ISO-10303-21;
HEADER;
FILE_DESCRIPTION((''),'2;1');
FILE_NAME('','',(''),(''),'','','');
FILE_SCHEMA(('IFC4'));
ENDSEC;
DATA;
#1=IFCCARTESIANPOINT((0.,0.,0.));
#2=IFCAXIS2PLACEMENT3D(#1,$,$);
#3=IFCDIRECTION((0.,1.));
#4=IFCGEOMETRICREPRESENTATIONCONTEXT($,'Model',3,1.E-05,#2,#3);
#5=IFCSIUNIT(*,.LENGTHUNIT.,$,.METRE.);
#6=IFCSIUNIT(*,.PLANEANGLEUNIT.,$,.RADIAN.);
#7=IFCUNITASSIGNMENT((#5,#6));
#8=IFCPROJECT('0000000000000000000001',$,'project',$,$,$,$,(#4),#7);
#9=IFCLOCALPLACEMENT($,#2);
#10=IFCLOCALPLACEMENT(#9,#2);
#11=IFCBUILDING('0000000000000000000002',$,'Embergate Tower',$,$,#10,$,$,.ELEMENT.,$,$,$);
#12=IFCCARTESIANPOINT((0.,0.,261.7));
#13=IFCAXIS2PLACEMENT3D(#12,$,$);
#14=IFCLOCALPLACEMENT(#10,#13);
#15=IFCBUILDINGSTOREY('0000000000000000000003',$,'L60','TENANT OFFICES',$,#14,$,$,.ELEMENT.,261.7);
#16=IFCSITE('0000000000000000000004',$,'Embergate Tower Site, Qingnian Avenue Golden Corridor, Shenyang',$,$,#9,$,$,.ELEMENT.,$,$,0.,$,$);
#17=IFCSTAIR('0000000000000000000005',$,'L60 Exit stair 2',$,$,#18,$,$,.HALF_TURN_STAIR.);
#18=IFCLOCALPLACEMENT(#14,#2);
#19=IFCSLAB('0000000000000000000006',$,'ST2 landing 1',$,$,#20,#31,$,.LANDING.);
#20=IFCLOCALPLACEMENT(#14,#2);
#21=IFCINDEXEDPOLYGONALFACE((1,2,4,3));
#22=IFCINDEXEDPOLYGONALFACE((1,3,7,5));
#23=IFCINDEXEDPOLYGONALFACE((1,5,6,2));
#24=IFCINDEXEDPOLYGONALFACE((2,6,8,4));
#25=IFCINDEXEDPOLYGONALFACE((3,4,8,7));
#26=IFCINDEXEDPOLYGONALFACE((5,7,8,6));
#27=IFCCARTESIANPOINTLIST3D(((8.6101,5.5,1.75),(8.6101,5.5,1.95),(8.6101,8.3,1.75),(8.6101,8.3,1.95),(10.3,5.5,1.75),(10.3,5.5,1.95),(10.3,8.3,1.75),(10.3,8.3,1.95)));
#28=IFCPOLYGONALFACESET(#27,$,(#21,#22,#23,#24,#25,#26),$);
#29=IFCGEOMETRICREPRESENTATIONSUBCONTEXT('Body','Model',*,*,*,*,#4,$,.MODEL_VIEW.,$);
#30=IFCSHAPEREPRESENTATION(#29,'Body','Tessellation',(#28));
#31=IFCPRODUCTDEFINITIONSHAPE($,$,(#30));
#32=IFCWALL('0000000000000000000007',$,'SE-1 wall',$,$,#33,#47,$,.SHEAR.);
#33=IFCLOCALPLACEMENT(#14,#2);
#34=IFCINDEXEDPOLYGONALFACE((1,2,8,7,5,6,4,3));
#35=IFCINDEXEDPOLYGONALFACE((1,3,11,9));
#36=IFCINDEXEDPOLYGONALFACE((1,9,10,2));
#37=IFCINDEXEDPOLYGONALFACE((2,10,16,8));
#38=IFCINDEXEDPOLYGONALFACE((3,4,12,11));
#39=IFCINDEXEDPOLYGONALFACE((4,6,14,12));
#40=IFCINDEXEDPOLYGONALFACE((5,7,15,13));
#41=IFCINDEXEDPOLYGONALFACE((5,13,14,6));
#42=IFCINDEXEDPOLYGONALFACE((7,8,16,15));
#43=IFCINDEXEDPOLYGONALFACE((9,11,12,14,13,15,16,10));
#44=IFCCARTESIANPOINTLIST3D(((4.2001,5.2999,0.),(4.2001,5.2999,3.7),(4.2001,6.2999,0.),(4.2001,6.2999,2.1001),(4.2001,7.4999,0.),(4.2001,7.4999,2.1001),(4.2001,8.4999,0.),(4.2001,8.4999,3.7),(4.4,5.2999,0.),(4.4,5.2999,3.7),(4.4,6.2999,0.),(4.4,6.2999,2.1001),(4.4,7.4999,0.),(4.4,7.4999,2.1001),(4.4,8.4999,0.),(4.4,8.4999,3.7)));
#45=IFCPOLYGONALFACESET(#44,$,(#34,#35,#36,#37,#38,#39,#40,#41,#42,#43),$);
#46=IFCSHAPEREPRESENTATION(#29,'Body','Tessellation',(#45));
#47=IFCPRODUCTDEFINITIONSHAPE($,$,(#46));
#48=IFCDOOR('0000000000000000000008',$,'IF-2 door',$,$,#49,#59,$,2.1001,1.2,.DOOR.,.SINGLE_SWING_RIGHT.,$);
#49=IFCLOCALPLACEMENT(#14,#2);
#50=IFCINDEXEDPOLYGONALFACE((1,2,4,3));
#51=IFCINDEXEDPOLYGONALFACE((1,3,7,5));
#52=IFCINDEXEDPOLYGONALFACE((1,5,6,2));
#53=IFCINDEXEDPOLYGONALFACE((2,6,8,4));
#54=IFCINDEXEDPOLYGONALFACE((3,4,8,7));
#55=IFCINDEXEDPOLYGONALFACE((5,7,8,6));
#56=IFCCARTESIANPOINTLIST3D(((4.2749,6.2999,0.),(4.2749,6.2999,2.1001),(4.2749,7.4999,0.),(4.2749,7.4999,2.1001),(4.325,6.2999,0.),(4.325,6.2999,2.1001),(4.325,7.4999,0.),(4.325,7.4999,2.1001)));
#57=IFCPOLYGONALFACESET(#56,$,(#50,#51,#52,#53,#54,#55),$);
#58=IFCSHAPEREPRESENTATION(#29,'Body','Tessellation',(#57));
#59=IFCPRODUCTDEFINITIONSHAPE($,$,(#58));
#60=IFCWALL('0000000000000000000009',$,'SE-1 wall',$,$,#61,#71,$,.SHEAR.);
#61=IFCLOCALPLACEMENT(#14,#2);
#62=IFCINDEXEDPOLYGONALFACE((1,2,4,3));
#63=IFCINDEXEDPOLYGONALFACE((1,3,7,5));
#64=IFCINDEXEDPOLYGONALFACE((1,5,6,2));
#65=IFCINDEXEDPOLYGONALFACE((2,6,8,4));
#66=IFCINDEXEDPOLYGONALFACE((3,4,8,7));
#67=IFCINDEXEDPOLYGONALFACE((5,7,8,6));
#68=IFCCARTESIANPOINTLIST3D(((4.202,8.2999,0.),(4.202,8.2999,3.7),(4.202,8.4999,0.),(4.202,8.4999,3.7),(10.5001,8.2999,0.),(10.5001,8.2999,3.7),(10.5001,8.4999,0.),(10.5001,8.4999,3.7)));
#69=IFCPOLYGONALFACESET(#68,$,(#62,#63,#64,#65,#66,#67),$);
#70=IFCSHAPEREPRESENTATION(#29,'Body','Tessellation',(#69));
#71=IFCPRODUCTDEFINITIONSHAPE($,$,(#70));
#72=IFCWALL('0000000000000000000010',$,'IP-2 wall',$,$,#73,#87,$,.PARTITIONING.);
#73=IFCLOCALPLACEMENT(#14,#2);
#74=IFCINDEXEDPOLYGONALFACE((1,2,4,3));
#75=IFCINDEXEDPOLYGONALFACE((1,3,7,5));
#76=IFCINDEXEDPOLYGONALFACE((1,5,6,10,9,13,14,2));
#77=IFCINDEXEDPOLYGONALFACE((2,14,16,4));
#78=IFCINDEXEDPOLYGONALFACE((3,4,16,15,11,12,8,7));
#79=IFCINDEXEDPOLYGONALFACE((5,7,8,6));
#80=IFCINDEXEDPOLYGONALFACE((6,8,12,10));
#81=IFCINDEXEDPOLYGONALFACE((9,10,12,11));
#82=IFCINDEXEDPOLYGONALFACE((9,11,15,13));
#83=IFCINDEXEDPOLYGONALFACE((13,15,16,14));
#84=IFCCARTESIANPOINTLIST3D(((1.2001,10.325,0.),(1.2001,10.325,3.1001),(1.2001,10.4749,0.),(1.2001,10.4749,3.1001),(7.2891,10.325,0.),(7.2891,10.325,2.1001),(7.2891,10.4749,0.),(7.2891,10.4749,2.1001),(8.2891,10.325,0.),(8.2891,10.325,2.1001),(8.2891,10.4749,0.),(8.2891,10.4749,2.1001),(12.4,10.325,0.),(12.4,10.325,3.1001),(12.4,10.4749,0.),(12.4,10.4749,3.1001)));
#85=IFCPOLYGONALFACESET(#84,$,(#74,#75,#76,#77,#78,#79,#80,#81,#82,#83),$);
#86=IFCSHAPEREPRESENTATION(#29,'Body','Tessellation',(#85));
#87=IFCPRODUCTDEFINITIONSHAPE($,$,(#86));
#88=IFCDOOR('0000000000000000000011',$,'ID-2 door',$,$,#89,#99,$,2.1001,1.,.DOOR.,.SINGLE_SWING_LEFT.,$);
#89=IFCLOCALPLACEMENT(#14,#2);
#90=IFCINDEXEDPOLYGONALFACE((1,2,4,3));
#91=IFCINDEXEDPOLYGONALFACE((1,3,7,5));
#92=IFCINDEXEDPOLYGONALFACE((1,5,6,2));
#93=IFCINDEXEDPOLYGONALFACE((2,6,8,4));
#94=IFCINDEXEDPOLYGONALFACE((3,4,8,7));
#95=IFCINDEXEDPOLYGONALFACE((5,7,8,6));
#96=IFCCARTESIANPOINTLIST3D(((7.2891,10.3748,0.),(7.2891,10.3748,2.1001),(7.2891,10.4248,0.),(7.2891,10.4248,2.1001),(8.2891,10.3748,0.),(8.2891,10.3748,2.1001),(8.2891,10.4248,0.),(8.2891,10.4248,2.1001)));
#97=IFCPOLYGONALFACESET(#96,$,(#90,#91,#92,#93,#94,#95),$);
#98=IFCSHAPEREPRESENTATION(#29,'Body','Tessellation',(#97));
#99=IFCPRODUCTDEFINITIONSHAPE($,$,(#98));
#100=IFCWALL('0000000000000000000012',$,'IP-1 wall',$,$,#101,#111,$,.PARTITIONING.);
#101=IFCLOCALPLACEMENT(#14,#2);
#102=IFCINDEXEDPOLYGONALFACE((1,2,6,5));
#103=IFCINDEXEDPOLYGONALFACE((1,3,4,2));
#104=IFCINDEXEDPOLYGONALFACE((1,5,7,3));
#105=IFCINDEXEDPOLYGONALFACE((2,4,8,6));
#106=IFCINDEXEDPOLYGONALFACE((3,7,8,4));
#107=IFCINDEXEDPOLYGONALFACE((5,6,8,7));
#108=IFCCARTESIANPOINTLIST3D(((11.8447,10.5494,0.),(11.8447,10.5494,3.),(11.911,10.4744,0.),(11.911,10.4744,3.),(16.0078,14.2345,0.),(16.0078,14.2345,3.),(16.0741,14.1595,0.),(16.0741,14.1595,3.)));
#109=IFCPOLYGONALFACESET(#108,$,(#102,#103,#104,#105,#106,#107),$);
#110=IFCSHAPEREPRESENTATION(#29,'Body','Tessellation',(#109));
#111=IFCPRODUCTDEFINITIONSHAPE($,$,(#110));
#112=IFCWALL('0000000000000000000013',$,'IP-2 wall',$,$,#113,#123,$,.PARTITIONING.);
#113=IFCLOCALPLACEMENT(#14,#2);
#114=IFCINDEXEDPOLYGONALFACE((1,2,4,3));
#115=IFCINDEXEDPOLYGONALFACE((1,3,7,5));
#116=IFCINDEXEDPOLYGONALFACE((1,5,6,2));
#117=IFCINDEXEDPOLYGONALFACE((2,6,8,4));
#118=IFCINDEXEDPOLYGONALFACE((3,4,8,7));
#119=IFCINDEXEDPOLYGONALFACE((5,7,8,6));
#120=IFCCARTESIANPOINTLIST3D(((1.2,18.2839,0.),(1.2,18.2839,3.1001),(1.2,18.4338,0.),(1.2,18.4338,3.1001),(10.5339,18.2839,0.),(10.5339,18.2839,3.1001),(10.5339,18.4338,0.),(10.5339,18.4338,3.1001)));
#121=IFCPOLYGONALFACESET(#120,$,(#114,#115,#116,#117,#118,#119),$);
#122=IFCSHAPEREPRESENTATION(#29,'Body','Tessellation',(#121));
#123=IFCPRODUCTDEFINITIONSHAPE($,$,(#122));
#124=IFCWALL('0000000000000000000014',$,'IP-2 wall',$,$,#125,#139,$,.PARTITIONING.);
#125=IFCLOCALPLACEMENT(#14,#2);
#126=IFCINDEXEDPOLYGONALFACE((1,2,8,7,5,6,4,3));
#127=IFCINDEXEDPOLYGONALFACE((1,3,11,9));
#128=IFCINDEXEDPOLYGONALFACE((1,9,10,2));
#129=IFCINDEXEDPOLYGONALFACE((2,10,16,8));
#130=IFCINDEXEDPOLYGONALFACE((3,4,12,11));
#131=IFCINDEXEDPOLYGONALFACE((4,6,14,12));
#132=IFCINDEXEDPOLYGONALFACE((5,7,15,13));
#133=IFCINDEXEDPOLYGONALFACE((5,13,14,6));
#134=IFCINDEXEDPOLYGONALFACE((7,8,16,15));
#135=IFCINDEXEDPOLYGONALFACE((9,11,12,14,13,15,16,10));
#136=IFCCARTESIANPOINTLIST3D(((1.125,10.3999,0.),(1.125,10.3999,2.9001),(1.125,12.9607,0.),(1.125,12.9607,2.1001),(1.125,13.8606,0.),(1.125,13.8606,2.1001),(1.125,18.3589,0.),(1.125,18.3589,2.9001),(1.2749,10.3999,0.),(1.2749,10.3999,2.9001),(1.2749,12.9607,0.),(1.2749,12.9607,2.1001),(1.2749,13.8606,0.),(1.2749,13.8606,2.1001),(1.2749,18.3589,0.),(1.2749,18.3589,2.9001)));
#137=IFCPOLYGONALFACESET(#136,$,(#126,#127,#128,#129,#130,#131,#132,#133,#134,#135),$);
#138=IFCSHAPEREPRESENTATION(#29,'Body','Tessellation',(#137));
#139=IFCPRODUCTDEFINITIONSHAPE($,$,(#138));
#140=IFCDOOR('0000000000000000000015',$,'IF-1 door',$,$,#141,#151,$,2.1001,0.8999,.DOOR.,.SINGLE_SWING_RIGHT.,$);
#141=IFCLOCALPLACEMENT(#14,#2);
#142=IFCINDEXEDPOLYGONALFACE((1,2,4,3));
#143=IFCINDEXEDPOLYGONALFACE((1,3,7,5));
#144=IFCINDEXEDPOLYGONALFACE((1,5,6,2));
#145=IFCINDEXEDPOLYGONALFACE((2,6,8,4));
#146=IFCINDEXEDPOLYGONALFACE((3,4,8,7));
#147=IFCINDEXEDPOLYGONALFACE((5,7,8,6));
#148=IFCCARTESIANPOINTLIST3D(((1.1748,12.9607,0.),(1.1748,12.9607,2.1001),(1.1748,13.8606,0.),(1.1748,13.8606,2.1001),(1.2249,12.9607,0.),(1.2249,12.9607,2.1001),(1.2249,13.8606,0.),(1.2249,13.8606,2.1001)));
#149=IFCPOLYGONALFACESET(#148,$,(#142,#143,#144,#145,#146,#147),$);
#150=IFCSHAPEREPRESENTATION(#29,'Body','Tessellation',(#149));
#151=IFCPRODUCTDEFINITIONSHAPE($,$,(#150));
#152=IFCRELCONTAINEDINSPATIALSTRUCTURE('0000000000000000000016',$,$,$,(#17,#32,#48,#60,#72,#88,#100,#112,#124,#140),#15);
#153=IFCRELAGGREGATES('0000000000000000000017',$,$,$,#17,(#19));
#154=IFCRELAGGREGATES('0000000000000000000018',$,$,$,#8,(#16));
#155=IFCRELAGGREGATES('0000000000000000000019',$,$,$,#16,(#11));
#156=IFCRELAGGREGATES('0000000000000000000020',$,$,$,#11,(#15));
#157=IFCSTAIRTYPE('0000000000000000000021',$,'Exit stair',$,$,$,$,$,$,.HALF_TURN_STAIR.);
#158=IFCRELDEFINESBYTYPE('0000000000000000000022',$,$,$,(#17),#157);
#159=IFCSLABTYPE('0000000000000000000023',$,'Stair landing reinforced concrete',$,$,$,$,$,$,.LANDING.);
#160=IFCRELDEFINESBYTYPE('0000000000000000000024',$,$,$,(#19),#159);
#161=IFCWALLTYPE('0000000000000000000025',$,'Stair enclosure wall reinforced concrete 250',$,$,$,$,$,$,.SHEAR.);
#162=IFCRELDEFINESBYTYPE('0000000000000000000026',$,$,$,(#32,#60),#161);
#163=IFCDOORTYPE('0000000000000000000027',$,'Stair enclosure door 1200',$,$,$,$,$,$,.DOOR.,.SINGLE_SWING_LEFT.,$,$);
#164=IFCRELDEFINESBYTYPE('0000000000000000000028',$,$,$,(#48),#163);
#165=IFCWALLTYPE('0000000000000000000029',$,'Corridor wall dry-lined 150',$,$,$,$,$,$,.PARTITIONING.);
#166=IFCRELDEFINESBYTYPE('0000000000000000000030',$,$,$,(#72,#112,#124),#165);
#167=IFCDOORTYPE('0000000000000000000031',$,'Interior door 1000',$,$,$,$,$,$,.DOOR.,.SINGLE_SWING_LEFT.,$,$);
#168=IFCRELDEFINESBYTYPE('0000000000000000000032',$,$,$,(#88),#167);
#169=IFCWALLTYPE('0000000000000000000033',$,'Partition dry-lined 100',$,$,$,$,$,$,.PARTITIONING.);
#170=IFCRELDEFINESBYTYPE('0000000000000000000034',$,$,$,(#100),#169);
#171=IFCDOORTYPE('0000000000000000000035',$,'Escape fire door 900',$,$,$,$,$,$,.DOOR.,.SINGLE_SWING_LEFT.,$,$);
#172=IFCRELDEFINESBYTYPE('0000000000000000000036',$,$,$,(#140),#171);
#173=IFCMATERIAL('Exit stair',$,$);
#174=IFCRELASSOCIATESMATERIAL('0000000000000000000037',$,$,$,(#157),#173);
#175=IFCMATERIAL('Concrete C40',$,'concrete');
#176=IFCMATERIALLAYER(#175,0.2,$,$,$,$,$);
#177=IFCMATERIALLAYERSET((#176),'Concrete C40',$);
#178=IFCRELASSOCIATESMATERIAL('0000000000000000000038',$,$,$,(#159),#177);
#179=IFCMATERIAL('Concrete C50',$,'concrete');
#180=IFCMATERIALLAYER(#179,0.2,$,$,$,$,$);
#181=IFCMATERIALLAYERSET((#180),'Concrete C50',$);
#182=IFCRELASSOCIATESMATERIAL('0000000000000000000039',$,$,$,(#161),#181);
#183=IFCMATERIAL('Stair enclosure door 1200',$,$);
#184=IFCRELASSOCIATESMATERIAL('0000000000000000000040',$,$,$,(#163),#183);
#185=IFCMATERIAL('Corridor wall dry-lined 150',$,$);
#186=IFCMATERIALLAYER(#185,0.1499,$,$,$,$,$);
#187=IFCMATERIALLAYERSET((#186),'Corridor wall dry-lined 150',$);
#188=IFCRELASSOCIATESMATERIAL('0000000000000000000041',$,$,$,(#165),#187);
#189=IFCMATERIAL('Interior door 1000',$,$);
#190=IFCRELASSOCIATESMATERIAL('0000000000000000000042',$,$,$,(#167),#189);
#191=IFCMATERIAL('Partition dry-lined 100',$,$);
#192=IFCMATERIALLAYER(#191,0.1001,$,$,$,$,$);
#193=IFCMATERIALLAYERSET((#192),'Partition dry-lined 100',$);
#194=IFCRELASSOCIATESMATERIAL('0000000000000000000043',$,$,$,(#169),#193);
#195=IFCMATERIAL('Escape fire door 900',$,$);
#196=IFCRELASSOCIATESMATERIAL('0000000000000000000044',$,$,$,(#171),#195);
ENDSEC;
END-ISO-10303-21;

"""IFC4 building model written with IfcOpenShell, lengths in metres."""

from ifc_helpers import new_model, si_unit, direction, frame, frame_2d, origin, place, context, subcontext, project, spatial, polyline, rectangle, outline, extrude, source, transform, mapped, material, layer, layer_set, type_object, element, fill, aggregate, save


model = new_model("IFC4")

# Units and contexts
model_context = context("Model", 3, precision=1e-05, world=origin(), true_north=direction((0.0, 1.0)))
body_context = subcontext(model_context, "Body", "Model", "MODEL_VIEW")
ifc_project = project(units=[si_unit("LENGTHUNIT", "METRE"), si_unit("PLANEANGLEUNIT", "RADIAN")], contexts=[model_context])

# Site, building, storey
site_placement = place(None, origin())
site = spatial("IfcSite", under=ifc_project, at=site_placement, Name="Embergate Tower Site, Qingnian Avenue Golden Corridor, Shenyang", CompositionType="ELEMENT", RefElevation=0.0)
building_placement = place(site_placement, origin())
building = spatial("IfcBuilding", under=site, at=building_placement, Name="Embergate Tower", CompositionType="ELEMENT")
storey_placement = place(building_placement, frame((0.0, 0.0, 261.7)))
storey = spatial("IfcBuildingStorey", under=building, at=storey_placement, Name="L60", Description="TENANT OFFICES", CompositionType="ELEMENT", Elevation=261.7)

# Stair, slab
ifc_material_1 = material(Name="Exit stair")
stair_type = type_object("IfcStairType", Name="Exit stair", PredefinedType="HALF_TURN_STAIR", material=ifc_material_1)
stair_placement = place(storey_placement, origin())
stair = element("IfcStair", 1, at=stair_placement, inside=storey, type_object=stair_type, Name="L60 Exit stair 2", PredefinedType="HALF_TURN_STAIR")
ifc_material_2 = material(Name="Concrete C40", Category="concrete")
ifc_layer_1 = layer(ifc_material_2, 0.2)
ifc_layer_set_1 = layer_set([ifc_layer_1], Name="Concrete C40")
slab_type = type_object("IfcSlabType", Name="Stair landing reinforced concrete", PredefinedType="LANDING", material=ifc_layer_set_1)
shared_shape_1 = source(origin(), body_context, "Body", "SweptSolid", [
    extrude(outline(polyline([(0.0, 0.0), (1.6899, 0.0), (1.6899, 2.8), (0.0, 2.8), (0.0, 0.0)])), origin(), (0.0, 0.0, 1.0), 0.2),
])
slab_placement = place(storey_placement, frame((8.6101, 5.5, 1.75)))
slab = element("IfcSlab", 2, at=slab_placement, type_object=slab_type, Name="ST2 landing 1", PredefinedType="LANDING", context=body_context, shape_type="MappedRepresentation", body=[
    mapped(shared_shape_1, transform((0.0, 0.0, 0.0))),
])

# Wall, opening, door
ifc_material_3 = material(Name="Concrete C50", Category="concrete")
ifc_layer_2 = layer(ifc_material_3, 0.2)
ifc_layer_set_2 = layer_set([ifc_layer_2], Name="Concrete C50")
wall_type_1 = type_object("IfcWallType", Name="Stair enclosure wall reinforced concrete 250", PredefinedType="SHEAR", material=ifc_layer_set_2)
shared_shape_2 = source(origin(), body_context, "Body", "SweptSolid", [
    extrude(rectangle(XDim=3.2, YDim=0.2, at=frame_2d((1.6001, 0.0))), origin(), (0.0, 0.0, 1.0), 3.7),
])
wall_1_placement = place(storey_placement, frame((4.3, 8.5, 0.0), z_axis=(0.0, 0.0, 1.0), x_axis=(0.0, -1.0, 0.0)))
wall_1 = element("IfcWall", 3, at=wall_1_placement, inside=storey, type_object=wall_type_1, Name="SE-1 wall", PredefinedType="SHEAR", context=body_context, shape_type="MappedRepresentation", body=[
    mapped(shared_shape_2, transform((0.0, 0.0, 0.0))),
])
shared_shape_3 = source(origin(), body_context, "Body", "SweptSolid", [
    extrude(rectangle(XDim=1.2, YDim=2.1001, at=frame_2d((0.6001, 1.05))), frame((0.0, 0.1099, 0.0), z_axis=(0.0, -1.0, 0.0), x_axis=(1.0, 0.0, 0.0)), (0.0, 0.0, 1.0), 0.22),
])
opening_1_placement = place(wall_1_placement, frame((1.0, 0.0, 0.0)))
opening_1 = element("IfcOpeningElement", 4, at=opening_1_placement, cuts=wall_1, PredefinedType="OPENING", context=body_context, shape_type="MappedRepresentation", body=[
    mapped(shared_shape_3, transform((0.0, 0.0, 0.0))),
])
ifc_material_4 = material(Name="Stair enclosure door 1200")
door_type_1 = type_object("IfcDoorType", Name="Stair enclosure door 1200", OperationType="SINGLE_SWING_LEFT", PredefinedType="DOOR", material=ifc_material_4)
shared_shape_4 = source(origin(), body_context, "Body", "SweptSolid", [
    extrude(rectangle(XDim=1.2, YDim=2.1001, at=frame_2d((0.6001, 1.05))), frame((0.0, 0.0249, 0.0), z_axis=(0.0, -1.0, 0.0), x_axis=(1.0, 0.0, 0.0)), (0.0, 0.0, 1.0), 0.05),
])
door_1_placement = place(opening_1_placement, origin())
door_1 = element("IfcDoor", 5, at=door_1_placement, inside=storey, type_object=door_type_1, Name="IF-2 door", OperationType="SINGLE_SWING_RIGHT", OverallHeight=2.1001, OverallWidth=1.2, PredefinedType="DOOR", context=body_context, shape_type="MappedRepresentation", body=[
    mapped(shared_shape_4, transform((0.0, 0.0, 0.0))),
])
fill(opening_1, door_1)

# Wall
shared_shape_5 = source(origin(), body_context, "Body", "SweptSolid", [
    extrude(rectangle(XDim=6.2981, YDim=0.2, at=frame_2d((3.1489, 0.0))), origin(), (0.0, 0.0, 1.0), 3.7),
])
wall_2_placement = place(storey_placement, frame((10.5, 8.3999, 0.0), z_axis=(0.0, 0.0, 1.0), x_axis=(-1.0, 0.0, 0.0)))
element("IfcWall", 6, at=wall_2_placement, inside=storey, type_object=wall_type_1, Name="SE-1 wall", PredefinedType="SHEAR", context=body_context, shape_type="MappedRepresentation", body=[
    mapped(shared_shape_5, transform((0.0, 0.0, 0.0))),
])

# Wall, opening, door
ifc_material_5 = material(Name="Corridor wall dry-lined 150")
ifc_layer_3 = layer(ifc_material_5, 0.1499)
ifc_layer_set_3 = layer_set([ifc_layer_3], Name="Corridor wall dry-lined 150")
wall_type_2 = type_object("IfcWallType", Name="Corridor wall dry-lined 150", PredefinedType="PARTITIONING", material=ifc_layer_set_3)
shared_shape_6 = source(origin(), body_context, "Body", "SweptSolid", [
    extrude(rectangle(XDim=11.2, YDim=0.1499, at=frame_2d((5.6001, 0.0))), origin(), (0.0, 0.0, 1.0), 3.1001),
])
wall_3_placement = place(storey_placement, frame((1.2, 10.3999, 0.0), z_axis=(0.0, 0.0, 1.0), x_axis=(1.0, 0.0, 0.0)))
wall_3 = element("IfcWall", 7, at=wall_3_placement, inside=storey, type_object=wall_type_2, Name="IP-2 wall", PredefinedType="PARTITIONING", context=body_context, shape_type="MappedRepresentation", body=[
    mapped(shared_shape_6, transform((0.0, 0.0, 0.0))),
])
shared_shape_7 = source(origin(), body_context, "Body", "SweptSolid", [
    extrude(rectangle(XDim=1.0, YDim=2.1001, at=frame_2d((0.5, 1.05))), frame((0.0, 0.085, 0.0), z_axis=(0.0, -1.0, 0.0), x_axis=(1.0, 0.0, 0.0)), (0.0, 0.0, 1.0), 0.1699),
])
opening_2_placement = place(wall_3_placement, frame((6.0891, 0.0, 0.0)))
opening_2 = element("IfcOpeningElement", 8, at=opening_2_placement, cuts=wall_3, PredefinedType="OPENING", context=body_context, shape_type="MappedRepresentation", body=[
    mapped(shared_shape_7, transform((0.0, 0.0, 0.0))),
])
ifc_material_6 = material(Name="Interior door 1000")
door_type_2 = type_object("IfcDoorType", Name="Interior door 1000", OperationType="SINGLE_SWING_LEFT", PredefinedType="DOOR", material=ifc_material_6)
shared_shape_8 = source(origin(), body_context, "Body", "SweptSolid", [
    extrude(rectangle(XDim=1.0, YDim=2.1001, at=frame_2d((0.5, 1.05))), frame((0.0, 0.0249, 0.0), z_axis=(0.0, -1.0, 0.0), x_axis=(1.0, 0.0, 0.0)), (0.0, 0.0, 1.0), 0.05),
])
door_2_placement = place(opening_2_placement, origin())
door_2 = element("IfcDoor", 9, at=door_2_placement, inside=storey, type_object=door_type_2, Name="ID-2 door", OperationType="SINGLE_SWING_LEFT", OverallHeight=2.1001, OverallWidth=1.0, PredefinedType="DOOR", context=body_context, shape_type="MappedRepresentation", body=[
    mapped(shared_shape_8, transform((0.0, 0.0, 0.0))),
])
fill(opening_2, door_2)

# Walls
ifc_material_7 = material(Name="Partition dry-lined 100")
ifc_layer_4 = layer(ifc_material_7, 0.1001)
ifc_layer_set_4 = layer_set([ifc_layer_4], Name="Partition dry-lined 100")
wall_type_3 = type_object("IfcWallType", Name="Partition dry-lined 100", PredefinedType="PARTITIONING", material=ifc_layer_set_4)
shared_shape_9 = source(origin(), body_context, "Body", "SweptSolid", [
    extrude(rectangle(XDim=5.5598, YDim=0.1001, at=frame_2d((2.7798, 0.0))), origin(), (0.0, 0.0, 1.0), 3.0),
])
wall_4_placement = place(storey_placement, frame((11.8779, 10.512, 0.0), z_axis=(0.0, 0.0, 1.0), x_axis=(0.748789, 0.662809, 0.0)))
element("IfcWall", 10, at=wall_4_placement, inside=storey, type_object=wall_type_3, Name="IP-1 wall", PredefinedType="PARTITIONING", context=body_context, shape_type="MappedRepresentation", body=[
    mapped(shared_shape_9, transform((0.0, 0.0, 0.0))),
])
shared_shape_10 = source(origin(), body_context, "Body", "SweptSolid", [
    extrude(rectangle(XDim=9.334, YDim=0.1499, at=frame_2d((4.667, 0.0))), origin(), (0.0, 0.0, 1.0), 3.1001),
])
wall_5_placement = place(storey_placement, frame((10.5339, 18.3589, 0.0), z_axis=(0.0, 0.0, 1.0), x_axis=(-1.0, 0.0, 0.0)))
element("IfcWall", 11, at=wall_5_placement, inside=storey, type_object=wall_type_2, Name="IP-2 wall", PredefinedType="PARTITIONING", context=body_context, shape_type="MappedRepresentation", body=[
    mapped(shared_shape_10, transform((0.0, 0.0, 0.0))),
])

# Wall, opening, door
shared_shape_11 = source(origin(), body_context, "Body", "SweptSolid", [
    extrude(rectangle(XDim=7.959, YDim=0.1499, at=frame_2d((3.9795, 0.0))), origin(), (0.0, 0.0, 1.0), 2.9001),
])
wall_6_placement = place(storey_placement, frame((1.2, 18.3589, 0.0), z_axis=(0.0, 0.0, 1.0), x_axis=(0.0, -1.0, 0.0)))
wall_6 = element("IfcWall", 12, at=wall_6_placement, inside=storey, type_object=wall_type_2, Name="IP-2 wall", PredefinedType="PARTITIONING", context=body_context, shape_type="MappedRepresentation", body=[
    mapped(shared_shape_11, transform((0.0, 0.0, 0.0))),
])
shared_shape_12 = source(origin(), body_context, "Body", "SweptSolid", [
    extrude(rectangle(XDim=0.8999, YDim=2.1001, at=frame_2d((0.45, 1.05))), frame((0.0, 0.085, 0.0), z_axis=(0.0, -1.0, 0.0), x_axis=(1.0, 0.0, 0.0)), (0.0, 0.0, 1.0), 0.1699),
])
opening_3_placement = place(wall_6_placement, frame((4.4983, 0.0, 0.0)))
opening_3 = element("IfcOpeningElement", 13, at=opening_3_placement, cuts=wall_6, PredefinedType="OPENING", context=body_context, shape_type="MappedRepresentation", body=[
    mapped(shared_shape_12, transform((0.0, 0.0, 0.0))),
])
ifc_material_8 = material(Name="Escape fire door 900")
door_type_3 = type_object("IfcDoorType", Name="Escape fire door 900", OperationType="SINGLE_SWING_LEFT", PredefinedType="DOOR", material=ifc_material_8)
shared_shape_13 = source(origin(), body_context, "Body", "SweptSolid", [
    extrude(rectangle(XDim=0.8999, YDim=2.1001, at=frame_2d((0.45, 1.05))), frame((0.0, 0.0249, 0.0), z_axis=(0.0, -1.0, 0.0), x_axis=(1.0, 0.0, 0.0)), (0.0, 0.0, 1.0), 0.05),
])
door_3_placement = place(opening_3_placement, origin())
door_3 = element("IfcDoor", 14, at=door_3_placement, inside=storey, type_object=door_type_3, Name="IF-1 door", OperationType="SINGLE_SWING_RIGHT", OverallHeight=2.1001, OverallWidth=0.8999, PredefinedType="DOOR", context=body_context, shape_type="MappedRepresentation", body=[
    mapped(shared_shape_13, transform((0.0, 0.0, 0.0))),
])
fill(opening_3, door_3)

aggregate(stair, [slab])

save(model, "model.ifc")
